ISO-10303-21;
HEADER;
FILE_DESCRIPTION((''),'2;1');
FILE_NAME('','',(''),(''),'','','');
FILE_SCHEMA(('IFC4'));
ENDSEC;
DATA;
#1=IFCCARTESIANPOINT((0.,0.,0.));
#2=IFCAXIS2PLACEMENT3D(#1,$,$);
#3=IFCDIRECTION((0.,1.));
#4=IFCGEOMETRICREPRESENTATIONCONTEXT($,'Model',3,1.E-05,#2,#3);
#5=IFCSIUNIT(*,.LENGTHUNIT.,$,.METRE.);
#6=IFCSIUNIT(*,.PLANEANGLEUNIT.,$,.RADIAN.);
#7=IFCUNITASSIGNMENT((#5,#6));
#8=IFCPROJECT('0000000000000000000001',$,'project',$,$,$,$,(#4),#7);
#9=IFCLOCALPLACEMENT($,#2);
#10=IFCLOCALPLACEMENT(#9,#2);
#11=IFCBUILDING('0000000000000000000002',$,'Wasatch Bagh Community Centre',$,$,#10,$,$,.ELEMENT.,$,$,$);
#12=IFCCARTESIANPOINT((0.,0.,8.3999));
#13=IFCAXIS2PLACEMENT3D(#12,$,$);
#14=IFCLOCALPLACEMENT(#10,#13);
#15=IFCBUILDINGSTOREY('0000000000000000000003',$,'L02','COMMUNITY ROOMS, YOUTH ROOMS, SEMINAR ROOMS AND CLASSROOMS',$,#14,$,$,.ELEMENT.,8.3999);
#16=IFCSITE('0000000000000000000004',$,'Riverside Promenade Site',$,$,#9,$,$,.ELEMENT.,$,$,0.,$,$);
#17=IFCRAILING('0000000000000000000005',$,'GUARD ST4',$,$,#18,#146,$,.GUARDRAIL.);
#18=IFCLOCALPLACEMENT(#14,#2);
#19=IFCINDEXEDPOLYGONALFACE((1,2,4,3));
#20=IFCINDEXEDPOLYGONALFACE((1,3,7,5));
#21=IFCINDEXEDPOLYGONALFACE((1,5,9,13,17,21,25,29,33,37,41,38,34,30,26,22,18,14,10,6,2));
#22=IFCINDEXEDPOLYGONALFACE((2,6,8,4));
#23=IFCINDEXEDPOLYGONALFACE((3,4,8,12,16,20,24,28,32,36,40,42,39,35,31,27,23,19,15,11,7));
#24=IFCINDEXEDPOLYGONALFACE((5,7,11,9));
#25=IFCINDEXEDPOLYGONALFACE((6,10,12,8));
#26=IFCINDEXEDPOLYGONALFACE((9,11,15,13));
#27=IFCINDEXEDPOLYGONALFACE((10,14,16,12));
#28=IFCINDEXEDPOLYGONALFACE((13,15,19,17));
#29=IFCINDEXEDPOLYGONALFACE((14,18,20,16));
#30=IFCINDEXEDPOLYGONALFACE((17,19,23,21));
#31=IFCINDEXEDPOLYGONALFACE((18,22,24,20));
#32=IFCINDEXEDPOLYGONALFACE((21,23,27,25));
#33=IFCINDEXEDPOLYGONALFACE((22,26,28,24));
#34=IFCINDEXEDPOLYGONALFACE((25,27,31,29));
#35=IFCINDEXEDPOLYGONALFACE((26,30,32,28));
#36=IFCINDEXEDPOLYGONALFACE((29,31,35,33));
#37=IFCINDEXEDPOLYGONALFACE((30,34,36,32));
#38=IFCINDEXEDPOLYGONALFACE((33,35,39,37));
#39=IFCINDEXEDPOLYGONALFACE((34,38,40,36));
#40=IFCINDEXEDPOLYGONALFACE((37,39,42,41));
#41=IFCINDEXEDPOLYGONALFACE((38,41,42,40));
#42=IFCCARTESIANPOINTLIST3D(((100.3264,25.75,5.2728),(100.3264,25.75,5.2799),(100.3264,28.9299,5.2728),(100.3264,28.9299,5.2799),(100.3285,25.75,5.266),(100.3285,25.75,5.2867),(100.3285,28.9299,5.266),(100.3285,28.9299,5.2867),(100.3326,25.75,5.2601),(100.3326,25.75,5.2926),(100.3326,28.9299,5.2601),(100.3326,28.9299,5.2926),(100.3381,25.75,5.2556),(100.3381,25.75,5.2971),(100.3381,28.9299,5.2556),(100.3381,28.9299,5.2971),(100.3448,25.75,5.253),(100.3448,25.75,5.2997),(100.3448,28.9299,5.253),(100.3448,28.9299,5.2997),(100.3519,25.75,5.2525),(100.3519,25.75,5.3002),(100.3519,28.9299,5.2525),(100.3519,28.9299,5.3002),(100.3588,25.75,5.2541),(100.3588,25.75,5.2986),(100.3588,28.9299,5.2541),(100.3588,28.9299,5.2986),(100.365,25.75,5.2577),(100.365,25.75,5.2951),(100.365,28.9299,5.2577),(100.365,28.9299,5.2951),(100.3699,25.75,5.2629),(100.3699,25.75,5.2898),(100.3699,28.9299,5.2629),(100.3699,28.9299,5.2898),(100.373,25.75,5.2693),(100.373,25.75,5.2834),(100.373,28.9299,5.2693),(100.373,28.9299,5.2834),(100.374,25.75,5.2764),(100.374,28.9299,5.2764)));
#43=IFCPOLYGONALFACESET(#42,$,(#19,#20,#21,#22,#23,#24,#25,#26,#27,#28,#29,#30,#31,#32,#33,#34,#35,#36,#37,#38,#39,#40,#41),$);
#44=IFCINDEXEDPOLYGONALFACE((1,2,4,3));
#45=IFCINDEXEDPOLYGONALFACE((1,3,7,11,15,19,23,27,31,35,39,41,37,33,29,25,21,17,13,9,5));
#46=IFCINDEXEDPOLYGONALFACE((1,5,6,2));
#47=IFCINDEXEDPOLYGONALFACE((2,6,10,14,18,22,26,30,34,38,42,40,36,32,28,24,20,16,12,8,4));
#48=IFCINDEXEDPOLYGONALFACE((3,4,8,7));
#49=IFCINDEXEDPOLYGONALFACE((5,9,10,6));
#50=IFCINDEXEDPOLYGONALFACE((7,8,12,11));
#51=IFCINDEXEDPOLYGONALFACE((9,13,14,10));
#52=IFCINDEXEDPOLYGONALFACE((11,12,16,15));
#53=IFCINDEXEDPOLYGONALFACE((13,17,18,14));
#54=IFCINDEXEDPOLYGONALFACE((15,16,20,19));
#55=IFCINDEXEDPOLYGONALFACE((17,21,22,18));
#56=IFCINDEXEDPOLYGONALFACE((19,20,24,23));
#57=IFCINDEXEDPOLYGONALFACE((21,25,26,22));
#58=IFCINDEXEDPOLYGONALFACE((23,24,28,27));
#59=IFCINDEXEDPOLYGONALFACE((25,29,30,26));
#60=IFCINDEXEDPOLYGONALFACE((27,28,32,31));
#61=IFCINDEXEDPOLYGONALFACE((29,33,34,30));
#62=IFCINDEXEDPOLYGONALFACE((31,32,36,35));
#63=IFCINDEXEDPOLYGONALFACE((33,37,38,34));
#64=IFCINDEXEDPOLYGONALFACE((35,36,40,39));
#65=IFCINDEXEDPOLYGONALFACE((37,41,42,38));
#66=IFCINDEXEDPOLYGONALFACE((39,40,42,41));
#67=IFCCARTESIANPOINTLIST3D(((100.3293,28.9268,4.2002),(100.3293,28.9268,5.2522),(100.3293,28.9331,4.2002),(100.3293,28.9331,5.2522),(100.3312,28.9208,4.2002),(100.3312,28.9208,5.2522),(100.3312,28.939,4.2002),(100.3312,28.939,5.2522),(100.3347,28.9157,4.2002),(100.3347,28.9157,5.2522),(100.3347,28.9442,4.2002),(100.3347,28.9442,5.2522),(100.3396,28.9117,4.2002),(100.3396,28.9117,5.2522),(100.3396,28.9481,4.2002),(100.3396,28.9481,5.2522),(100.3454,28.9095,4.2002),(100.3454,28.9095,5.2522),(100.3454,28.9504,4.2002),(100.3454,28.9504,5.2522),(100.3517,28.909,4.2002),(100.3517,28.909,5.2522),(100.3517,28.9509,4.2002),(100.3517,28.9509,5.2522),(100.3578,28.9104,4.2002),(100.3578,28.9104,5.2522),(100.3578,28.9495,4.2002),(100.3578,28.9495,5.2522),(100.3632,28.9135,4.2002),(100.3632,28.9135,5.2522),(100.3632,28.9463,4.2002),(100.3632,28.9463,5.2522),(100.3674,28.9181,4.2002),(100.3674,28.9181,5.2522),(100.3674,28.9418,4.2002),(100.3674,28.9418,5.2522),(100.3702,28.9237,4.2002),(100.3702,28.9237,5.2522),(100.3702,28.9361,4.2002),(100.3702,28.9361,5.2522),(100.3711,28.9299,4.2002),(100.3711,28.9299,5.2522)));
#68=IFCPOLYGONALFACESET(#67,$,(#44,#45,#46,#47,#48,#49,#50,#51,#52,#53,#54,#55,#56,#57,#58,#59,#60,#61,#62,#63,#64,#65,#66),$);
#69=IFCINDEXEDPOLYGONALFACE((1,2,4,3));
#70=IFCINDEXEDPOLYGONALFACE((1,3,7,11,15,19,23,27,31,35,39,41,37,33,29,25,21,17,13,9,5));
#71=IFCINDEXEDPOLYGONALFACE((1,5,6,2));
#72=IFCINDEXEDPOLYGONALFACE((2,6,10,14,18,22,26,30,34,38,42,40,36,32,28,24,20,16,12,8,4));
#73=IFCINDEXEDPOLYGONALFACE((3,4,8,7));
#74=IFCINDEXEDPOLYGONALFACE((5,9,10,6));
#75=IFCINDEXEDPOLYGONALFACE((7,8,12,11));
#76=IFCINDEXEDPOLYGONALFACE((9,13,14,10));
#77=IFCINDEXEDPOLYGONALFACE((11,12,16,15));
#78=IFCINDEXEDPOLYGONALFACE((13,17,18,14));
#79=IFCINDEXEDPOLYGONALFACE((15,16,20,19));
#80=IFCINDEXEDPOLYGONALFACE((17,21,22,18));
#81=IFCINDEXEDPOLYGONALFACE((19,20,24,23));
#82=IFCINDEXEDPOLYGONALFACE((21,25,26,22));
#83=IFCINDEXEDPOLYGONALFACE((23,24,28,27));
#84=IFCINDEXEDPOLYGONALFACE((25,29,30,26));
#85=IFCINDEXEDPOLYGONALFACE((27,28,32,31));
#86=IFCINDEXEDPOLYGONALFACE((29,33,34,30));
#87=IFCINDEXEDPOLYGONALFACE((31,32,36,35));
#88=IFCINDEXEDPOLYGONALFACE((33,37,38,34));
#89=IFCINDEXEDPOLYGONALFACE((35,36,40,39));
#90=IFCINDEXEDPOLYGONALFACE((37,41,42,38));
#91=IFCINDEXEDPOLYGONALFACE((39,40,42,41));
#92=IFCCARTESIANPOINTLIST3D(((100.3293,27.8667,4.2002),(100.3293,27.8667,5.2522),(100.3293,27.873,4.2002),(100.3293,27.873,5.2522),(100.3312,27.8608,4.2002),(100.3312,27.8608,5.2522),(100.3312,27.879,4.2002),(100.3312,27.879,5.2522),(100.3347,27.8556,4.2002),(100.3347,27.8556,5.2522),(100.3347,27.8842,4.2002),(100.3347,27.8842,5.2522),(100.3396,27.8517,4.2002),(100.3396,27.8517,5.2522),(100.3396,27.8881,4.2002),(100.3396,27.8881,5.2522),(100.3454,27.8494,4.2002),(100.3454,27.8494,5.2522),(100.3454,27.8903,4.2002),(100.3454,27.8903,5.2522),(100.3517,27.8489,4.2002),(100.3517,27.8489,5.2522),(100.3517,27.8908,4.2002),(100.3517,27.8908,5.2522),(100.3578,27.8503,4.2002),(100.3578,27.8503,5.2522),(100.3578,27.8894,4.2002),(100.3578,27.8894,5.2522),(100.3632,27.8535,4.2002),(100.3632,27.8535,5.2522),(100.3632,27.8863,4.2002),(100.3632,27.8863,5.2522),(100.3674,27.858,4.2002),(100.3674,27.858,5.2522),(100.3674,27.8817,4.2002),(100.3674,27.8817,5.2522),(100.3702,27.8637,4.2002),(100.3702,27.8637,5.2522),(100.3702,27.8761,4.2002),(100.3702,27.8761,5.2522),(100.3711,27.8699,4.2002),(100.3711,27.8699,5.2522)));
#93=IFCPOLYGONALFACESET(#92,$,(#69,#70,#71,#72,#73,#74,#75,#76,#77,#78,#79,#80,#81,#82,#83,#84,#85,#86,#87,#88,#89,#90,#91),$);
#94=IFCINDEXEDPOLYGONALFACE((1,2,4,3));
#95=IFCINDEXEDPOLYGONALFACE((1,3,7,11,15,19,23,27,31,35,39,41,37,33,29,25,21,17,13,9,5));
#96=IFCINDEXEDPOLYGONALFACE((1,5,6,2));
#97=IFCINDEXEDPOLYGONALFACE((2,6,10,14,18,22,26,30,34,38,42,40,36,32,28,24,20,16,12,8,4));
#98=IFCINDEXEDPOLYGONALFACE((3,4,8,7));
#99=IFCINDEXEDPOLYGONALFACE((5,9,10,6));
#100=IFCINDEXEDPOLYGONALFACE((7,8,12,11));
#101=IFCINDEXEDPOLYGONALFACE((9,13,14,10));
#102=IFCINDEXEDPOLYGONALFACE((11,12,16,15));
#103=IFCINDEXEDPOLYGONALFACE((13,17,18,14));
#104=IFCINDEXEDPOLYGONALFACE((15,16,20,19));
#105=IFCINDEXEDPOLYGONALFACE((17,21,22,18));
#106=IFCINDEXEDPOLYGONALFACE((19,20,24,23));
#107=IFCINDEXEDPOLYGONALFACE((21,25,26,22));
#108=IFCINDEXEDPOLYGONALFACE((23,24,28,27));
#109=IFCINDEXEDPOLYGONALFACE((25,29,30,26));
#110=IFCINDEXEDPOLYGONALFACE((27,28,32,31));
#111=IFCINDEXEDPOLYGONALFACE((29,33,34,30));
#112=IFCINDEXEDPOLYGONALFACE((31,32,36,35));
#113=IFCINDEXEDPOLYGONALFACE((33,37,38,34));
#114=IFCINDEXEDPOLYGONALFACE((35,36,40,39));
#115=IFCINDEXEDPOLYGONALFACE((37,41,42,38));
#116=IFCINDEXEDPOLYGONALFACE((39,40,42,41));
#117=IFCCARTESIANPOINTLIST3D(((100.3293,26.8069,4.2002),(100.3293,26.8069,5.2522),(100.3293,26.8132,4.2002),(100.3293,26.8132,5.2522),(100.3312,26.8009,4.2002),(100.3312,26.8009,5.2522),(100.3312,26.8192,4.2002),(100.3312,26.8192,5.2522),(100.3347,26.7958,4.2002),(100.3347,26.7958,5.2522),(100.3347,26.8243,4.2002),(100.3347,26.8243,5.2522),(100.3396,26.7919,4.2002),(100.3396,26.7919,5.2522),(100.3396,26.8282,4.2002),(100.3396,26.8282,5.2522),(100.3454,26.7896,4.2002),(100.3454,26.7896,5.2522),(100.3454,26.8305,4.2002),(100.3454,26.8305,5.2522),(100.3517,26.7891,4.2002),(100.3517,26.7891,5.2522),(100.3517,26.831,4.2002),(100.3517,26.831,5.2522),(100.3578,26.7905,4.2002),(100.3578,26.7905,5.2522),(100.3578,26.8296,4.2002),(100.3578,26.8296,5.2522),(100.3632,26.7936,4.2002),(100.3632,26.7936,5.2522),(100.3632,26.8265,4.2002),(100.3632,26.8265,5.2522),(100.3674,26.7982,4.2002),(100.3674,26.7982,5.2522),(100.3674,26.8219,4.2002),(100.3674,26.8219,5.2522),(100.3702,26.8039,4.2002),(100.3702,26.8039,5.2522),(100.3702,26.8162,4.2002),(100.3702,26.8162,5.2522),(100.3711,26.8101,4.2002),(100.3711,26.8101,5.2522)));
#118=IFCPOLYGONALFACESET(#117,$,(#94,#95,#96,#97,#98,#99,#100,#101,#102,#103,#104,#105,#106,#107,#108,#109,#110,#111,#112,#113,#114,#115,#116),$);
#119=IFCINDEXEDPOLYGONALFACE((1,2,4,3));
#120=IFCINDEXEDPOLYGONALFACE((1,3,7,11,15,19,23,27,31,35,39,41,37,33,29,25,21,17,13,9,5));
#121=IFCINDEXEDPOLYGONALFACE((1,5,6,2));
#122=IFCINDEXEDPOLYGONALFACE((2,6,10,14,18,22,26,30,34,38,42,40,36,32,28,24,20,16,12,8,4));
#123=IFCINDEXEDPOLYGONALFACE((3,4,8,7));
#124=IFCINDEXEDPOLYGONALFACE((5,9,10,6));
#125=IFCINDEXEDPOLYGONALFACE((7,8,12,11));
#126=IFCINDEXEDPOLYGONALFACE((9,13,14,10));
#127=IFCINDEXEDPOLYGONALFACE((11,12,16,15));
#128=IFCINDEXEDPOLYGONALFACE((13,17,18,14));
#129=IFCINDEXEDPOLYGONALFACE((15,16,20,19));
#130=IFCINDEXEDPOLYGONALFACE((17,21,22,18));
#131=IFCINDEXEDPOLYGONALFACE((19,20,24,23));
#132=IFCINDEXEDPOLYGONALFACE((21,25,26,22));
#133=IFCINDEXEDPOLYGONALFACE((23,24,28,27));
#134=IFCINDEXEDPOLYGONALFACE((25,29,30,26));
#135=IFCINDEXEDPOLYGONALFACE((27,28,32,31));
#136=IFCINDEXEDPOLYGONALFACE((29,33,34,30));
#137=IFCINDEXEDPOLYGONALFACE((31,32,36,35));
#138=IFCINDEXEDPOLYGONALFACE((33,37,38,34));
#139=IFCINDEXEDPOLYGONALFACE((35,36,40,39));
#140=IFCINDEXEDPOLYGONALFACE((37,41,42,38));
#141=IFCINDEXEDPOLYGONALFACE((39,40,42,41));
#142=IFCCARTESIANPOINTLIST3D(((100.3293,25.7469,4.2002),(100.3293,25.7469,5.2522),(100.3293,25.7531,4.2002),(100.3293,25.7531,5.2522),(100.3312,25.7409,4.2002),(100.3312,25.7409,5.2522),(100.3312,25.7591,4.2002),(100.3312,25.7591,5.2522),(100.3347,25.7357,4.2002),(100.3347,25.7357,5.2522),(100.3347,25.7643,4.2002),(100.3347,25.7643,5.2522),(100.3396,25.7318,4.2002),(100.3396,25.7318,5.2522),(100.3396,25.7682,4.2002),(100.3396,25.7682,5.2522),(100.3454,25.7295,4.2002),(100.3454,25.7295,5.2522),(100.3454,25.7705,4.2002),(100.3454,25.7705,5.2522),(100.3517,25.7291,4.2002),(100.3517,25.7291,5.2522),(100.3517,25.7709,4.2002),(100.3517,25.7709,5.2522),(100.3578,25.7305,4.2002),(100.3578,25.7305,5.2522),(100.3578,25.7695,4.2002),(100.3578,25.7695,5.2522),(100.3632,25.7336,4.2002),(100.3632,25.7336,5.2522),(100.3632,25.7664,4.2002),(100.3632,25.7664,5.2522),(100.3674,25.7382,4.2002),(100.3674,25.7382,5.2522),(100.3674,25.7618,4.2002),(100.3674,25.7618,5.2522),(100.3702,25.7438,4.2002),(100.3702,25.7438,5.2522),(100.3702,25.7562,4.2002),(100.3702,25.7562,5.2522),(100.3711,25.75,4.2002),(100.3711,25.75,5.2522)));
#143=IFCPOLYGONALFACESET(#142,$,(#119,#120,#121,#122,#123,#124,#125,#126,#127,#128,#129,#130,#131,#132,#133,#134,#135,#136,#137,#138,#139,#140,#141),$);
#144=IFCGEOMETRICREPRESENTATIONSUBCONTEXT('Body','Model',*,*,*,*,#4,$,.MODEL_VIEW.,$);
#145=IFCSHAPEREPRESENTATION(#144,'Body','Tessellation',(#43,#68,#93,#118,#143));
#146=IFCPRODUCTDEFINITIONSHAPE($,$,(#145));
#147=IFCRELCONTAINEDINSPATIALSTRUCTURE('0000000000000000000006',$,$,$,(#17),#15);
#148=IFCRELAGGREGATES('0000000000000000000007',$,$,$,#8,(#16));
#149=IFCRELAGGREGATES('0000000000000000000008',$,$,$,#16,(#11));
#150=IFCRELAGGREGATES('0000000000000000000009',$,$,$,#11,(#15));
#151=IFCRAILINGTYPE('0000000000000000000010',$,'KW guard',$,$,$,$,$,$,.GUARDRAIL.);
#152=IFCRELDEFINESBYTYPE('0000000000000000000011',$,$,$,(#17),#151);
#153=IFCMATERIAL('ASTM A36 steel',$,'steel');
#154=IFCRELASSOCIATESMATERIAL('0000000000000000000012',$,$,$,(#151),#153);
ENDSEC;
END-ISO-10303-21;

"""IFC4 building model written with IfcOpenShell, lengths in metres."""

from ifc_helpers import new_model, si_unit, direction, frame, origin, origin_2d, place, context, subcontext, project, spatial, circle, extrude, material, type_object, element, save


model = new_model("IFC4")

# Units and contexts
model_context = context("Model", 3, precision=1e-05, world=origin(), true_north=direction((0.0, 1.0)))
body_context = subcontext(model_context, "Body", "Model", "MODEL_VIEW")
ifc_project = project(units=[si_unit("LENGTHUNIT", "METRE"), si_unit("PLANEANGLEUNIT", "RADIAN")], contexts=[model_context])

# Site, building, storey
site_placement = place(None, origin())
site = spatial("IfcSite", under=ifc_project, at=site_placement, Name="Riverside Promenade Site", CompositionType="ELEMENT", RefElevation=0.0)
building_placement = place(site_placement, origin())
building = spatial("IfcBuilding", under=site, at=building_placement, Name="Wasatch Bagh Community Centre", CompositionType="ELEMENT")
storey_placement = place(building_placement, frame((0.0, 0.0, 8.3999)))
storey = spatial("IfcBuildingStorey", under=building, at=storey_placement, Name="L02", Description="COMMUNITY ROOMS, YOUTH ROOMS, SEMINAR ROOMS AND CLASSROOMS", CompositionType="ELEMENT", Elevation=8.3999)

# Railing
ifc_material_1 = material(Name="ASTM A36 steel", Category="steel")
railing_type_1 = type_object("IfcRailingType", Name="KW guard", PredefinedType="GUARDRAIL", material=ifc_material_1)
railing_1_placement = place(storey_placement, frame((100.3501, 28.9299, 4.2002)))
element("IfcRailing", 1, at=railing_1_placement, inside=storey, type_object=railing_type_1, Name="GUARD ST4", PredefinedType="GUARDRAIL", context=body_context, shape_type="SweptSolid", body=[
    extrude(circle(Radius=0.0239, at=origin_2d()), frame((0.0, 0.0, 1.0762), z_axis=(0.0, -1.0, 0.0), x_axis=(1.0, 0.0, 0.0)), (0.0, 0.0, 1.0), 3.1799),
    extrude(circle(Radius=0.021, at=origin_2d()), origin(), (0.0, 0.0, 1.0), 1.052),
    extrude(circle(Radius=0.021, at=origin_2d()), frame((0.0, -1.0601, 0.0)), (0.0, 0.0, 1.0), 1.052),
    extrude(circle(Radius=0.021, at=origin_2d()), frame((0.0, -2.1199, 0.0)), (0.0, 0.0, 1.0), 1.052),
    extrude(circle(Radius=0.021, at=origin_2d()), frame((0.0, -3.1799, 0.0)), (0.0, 0.0, 1.0), 1.052),
])

save(model, "model.ifc")
